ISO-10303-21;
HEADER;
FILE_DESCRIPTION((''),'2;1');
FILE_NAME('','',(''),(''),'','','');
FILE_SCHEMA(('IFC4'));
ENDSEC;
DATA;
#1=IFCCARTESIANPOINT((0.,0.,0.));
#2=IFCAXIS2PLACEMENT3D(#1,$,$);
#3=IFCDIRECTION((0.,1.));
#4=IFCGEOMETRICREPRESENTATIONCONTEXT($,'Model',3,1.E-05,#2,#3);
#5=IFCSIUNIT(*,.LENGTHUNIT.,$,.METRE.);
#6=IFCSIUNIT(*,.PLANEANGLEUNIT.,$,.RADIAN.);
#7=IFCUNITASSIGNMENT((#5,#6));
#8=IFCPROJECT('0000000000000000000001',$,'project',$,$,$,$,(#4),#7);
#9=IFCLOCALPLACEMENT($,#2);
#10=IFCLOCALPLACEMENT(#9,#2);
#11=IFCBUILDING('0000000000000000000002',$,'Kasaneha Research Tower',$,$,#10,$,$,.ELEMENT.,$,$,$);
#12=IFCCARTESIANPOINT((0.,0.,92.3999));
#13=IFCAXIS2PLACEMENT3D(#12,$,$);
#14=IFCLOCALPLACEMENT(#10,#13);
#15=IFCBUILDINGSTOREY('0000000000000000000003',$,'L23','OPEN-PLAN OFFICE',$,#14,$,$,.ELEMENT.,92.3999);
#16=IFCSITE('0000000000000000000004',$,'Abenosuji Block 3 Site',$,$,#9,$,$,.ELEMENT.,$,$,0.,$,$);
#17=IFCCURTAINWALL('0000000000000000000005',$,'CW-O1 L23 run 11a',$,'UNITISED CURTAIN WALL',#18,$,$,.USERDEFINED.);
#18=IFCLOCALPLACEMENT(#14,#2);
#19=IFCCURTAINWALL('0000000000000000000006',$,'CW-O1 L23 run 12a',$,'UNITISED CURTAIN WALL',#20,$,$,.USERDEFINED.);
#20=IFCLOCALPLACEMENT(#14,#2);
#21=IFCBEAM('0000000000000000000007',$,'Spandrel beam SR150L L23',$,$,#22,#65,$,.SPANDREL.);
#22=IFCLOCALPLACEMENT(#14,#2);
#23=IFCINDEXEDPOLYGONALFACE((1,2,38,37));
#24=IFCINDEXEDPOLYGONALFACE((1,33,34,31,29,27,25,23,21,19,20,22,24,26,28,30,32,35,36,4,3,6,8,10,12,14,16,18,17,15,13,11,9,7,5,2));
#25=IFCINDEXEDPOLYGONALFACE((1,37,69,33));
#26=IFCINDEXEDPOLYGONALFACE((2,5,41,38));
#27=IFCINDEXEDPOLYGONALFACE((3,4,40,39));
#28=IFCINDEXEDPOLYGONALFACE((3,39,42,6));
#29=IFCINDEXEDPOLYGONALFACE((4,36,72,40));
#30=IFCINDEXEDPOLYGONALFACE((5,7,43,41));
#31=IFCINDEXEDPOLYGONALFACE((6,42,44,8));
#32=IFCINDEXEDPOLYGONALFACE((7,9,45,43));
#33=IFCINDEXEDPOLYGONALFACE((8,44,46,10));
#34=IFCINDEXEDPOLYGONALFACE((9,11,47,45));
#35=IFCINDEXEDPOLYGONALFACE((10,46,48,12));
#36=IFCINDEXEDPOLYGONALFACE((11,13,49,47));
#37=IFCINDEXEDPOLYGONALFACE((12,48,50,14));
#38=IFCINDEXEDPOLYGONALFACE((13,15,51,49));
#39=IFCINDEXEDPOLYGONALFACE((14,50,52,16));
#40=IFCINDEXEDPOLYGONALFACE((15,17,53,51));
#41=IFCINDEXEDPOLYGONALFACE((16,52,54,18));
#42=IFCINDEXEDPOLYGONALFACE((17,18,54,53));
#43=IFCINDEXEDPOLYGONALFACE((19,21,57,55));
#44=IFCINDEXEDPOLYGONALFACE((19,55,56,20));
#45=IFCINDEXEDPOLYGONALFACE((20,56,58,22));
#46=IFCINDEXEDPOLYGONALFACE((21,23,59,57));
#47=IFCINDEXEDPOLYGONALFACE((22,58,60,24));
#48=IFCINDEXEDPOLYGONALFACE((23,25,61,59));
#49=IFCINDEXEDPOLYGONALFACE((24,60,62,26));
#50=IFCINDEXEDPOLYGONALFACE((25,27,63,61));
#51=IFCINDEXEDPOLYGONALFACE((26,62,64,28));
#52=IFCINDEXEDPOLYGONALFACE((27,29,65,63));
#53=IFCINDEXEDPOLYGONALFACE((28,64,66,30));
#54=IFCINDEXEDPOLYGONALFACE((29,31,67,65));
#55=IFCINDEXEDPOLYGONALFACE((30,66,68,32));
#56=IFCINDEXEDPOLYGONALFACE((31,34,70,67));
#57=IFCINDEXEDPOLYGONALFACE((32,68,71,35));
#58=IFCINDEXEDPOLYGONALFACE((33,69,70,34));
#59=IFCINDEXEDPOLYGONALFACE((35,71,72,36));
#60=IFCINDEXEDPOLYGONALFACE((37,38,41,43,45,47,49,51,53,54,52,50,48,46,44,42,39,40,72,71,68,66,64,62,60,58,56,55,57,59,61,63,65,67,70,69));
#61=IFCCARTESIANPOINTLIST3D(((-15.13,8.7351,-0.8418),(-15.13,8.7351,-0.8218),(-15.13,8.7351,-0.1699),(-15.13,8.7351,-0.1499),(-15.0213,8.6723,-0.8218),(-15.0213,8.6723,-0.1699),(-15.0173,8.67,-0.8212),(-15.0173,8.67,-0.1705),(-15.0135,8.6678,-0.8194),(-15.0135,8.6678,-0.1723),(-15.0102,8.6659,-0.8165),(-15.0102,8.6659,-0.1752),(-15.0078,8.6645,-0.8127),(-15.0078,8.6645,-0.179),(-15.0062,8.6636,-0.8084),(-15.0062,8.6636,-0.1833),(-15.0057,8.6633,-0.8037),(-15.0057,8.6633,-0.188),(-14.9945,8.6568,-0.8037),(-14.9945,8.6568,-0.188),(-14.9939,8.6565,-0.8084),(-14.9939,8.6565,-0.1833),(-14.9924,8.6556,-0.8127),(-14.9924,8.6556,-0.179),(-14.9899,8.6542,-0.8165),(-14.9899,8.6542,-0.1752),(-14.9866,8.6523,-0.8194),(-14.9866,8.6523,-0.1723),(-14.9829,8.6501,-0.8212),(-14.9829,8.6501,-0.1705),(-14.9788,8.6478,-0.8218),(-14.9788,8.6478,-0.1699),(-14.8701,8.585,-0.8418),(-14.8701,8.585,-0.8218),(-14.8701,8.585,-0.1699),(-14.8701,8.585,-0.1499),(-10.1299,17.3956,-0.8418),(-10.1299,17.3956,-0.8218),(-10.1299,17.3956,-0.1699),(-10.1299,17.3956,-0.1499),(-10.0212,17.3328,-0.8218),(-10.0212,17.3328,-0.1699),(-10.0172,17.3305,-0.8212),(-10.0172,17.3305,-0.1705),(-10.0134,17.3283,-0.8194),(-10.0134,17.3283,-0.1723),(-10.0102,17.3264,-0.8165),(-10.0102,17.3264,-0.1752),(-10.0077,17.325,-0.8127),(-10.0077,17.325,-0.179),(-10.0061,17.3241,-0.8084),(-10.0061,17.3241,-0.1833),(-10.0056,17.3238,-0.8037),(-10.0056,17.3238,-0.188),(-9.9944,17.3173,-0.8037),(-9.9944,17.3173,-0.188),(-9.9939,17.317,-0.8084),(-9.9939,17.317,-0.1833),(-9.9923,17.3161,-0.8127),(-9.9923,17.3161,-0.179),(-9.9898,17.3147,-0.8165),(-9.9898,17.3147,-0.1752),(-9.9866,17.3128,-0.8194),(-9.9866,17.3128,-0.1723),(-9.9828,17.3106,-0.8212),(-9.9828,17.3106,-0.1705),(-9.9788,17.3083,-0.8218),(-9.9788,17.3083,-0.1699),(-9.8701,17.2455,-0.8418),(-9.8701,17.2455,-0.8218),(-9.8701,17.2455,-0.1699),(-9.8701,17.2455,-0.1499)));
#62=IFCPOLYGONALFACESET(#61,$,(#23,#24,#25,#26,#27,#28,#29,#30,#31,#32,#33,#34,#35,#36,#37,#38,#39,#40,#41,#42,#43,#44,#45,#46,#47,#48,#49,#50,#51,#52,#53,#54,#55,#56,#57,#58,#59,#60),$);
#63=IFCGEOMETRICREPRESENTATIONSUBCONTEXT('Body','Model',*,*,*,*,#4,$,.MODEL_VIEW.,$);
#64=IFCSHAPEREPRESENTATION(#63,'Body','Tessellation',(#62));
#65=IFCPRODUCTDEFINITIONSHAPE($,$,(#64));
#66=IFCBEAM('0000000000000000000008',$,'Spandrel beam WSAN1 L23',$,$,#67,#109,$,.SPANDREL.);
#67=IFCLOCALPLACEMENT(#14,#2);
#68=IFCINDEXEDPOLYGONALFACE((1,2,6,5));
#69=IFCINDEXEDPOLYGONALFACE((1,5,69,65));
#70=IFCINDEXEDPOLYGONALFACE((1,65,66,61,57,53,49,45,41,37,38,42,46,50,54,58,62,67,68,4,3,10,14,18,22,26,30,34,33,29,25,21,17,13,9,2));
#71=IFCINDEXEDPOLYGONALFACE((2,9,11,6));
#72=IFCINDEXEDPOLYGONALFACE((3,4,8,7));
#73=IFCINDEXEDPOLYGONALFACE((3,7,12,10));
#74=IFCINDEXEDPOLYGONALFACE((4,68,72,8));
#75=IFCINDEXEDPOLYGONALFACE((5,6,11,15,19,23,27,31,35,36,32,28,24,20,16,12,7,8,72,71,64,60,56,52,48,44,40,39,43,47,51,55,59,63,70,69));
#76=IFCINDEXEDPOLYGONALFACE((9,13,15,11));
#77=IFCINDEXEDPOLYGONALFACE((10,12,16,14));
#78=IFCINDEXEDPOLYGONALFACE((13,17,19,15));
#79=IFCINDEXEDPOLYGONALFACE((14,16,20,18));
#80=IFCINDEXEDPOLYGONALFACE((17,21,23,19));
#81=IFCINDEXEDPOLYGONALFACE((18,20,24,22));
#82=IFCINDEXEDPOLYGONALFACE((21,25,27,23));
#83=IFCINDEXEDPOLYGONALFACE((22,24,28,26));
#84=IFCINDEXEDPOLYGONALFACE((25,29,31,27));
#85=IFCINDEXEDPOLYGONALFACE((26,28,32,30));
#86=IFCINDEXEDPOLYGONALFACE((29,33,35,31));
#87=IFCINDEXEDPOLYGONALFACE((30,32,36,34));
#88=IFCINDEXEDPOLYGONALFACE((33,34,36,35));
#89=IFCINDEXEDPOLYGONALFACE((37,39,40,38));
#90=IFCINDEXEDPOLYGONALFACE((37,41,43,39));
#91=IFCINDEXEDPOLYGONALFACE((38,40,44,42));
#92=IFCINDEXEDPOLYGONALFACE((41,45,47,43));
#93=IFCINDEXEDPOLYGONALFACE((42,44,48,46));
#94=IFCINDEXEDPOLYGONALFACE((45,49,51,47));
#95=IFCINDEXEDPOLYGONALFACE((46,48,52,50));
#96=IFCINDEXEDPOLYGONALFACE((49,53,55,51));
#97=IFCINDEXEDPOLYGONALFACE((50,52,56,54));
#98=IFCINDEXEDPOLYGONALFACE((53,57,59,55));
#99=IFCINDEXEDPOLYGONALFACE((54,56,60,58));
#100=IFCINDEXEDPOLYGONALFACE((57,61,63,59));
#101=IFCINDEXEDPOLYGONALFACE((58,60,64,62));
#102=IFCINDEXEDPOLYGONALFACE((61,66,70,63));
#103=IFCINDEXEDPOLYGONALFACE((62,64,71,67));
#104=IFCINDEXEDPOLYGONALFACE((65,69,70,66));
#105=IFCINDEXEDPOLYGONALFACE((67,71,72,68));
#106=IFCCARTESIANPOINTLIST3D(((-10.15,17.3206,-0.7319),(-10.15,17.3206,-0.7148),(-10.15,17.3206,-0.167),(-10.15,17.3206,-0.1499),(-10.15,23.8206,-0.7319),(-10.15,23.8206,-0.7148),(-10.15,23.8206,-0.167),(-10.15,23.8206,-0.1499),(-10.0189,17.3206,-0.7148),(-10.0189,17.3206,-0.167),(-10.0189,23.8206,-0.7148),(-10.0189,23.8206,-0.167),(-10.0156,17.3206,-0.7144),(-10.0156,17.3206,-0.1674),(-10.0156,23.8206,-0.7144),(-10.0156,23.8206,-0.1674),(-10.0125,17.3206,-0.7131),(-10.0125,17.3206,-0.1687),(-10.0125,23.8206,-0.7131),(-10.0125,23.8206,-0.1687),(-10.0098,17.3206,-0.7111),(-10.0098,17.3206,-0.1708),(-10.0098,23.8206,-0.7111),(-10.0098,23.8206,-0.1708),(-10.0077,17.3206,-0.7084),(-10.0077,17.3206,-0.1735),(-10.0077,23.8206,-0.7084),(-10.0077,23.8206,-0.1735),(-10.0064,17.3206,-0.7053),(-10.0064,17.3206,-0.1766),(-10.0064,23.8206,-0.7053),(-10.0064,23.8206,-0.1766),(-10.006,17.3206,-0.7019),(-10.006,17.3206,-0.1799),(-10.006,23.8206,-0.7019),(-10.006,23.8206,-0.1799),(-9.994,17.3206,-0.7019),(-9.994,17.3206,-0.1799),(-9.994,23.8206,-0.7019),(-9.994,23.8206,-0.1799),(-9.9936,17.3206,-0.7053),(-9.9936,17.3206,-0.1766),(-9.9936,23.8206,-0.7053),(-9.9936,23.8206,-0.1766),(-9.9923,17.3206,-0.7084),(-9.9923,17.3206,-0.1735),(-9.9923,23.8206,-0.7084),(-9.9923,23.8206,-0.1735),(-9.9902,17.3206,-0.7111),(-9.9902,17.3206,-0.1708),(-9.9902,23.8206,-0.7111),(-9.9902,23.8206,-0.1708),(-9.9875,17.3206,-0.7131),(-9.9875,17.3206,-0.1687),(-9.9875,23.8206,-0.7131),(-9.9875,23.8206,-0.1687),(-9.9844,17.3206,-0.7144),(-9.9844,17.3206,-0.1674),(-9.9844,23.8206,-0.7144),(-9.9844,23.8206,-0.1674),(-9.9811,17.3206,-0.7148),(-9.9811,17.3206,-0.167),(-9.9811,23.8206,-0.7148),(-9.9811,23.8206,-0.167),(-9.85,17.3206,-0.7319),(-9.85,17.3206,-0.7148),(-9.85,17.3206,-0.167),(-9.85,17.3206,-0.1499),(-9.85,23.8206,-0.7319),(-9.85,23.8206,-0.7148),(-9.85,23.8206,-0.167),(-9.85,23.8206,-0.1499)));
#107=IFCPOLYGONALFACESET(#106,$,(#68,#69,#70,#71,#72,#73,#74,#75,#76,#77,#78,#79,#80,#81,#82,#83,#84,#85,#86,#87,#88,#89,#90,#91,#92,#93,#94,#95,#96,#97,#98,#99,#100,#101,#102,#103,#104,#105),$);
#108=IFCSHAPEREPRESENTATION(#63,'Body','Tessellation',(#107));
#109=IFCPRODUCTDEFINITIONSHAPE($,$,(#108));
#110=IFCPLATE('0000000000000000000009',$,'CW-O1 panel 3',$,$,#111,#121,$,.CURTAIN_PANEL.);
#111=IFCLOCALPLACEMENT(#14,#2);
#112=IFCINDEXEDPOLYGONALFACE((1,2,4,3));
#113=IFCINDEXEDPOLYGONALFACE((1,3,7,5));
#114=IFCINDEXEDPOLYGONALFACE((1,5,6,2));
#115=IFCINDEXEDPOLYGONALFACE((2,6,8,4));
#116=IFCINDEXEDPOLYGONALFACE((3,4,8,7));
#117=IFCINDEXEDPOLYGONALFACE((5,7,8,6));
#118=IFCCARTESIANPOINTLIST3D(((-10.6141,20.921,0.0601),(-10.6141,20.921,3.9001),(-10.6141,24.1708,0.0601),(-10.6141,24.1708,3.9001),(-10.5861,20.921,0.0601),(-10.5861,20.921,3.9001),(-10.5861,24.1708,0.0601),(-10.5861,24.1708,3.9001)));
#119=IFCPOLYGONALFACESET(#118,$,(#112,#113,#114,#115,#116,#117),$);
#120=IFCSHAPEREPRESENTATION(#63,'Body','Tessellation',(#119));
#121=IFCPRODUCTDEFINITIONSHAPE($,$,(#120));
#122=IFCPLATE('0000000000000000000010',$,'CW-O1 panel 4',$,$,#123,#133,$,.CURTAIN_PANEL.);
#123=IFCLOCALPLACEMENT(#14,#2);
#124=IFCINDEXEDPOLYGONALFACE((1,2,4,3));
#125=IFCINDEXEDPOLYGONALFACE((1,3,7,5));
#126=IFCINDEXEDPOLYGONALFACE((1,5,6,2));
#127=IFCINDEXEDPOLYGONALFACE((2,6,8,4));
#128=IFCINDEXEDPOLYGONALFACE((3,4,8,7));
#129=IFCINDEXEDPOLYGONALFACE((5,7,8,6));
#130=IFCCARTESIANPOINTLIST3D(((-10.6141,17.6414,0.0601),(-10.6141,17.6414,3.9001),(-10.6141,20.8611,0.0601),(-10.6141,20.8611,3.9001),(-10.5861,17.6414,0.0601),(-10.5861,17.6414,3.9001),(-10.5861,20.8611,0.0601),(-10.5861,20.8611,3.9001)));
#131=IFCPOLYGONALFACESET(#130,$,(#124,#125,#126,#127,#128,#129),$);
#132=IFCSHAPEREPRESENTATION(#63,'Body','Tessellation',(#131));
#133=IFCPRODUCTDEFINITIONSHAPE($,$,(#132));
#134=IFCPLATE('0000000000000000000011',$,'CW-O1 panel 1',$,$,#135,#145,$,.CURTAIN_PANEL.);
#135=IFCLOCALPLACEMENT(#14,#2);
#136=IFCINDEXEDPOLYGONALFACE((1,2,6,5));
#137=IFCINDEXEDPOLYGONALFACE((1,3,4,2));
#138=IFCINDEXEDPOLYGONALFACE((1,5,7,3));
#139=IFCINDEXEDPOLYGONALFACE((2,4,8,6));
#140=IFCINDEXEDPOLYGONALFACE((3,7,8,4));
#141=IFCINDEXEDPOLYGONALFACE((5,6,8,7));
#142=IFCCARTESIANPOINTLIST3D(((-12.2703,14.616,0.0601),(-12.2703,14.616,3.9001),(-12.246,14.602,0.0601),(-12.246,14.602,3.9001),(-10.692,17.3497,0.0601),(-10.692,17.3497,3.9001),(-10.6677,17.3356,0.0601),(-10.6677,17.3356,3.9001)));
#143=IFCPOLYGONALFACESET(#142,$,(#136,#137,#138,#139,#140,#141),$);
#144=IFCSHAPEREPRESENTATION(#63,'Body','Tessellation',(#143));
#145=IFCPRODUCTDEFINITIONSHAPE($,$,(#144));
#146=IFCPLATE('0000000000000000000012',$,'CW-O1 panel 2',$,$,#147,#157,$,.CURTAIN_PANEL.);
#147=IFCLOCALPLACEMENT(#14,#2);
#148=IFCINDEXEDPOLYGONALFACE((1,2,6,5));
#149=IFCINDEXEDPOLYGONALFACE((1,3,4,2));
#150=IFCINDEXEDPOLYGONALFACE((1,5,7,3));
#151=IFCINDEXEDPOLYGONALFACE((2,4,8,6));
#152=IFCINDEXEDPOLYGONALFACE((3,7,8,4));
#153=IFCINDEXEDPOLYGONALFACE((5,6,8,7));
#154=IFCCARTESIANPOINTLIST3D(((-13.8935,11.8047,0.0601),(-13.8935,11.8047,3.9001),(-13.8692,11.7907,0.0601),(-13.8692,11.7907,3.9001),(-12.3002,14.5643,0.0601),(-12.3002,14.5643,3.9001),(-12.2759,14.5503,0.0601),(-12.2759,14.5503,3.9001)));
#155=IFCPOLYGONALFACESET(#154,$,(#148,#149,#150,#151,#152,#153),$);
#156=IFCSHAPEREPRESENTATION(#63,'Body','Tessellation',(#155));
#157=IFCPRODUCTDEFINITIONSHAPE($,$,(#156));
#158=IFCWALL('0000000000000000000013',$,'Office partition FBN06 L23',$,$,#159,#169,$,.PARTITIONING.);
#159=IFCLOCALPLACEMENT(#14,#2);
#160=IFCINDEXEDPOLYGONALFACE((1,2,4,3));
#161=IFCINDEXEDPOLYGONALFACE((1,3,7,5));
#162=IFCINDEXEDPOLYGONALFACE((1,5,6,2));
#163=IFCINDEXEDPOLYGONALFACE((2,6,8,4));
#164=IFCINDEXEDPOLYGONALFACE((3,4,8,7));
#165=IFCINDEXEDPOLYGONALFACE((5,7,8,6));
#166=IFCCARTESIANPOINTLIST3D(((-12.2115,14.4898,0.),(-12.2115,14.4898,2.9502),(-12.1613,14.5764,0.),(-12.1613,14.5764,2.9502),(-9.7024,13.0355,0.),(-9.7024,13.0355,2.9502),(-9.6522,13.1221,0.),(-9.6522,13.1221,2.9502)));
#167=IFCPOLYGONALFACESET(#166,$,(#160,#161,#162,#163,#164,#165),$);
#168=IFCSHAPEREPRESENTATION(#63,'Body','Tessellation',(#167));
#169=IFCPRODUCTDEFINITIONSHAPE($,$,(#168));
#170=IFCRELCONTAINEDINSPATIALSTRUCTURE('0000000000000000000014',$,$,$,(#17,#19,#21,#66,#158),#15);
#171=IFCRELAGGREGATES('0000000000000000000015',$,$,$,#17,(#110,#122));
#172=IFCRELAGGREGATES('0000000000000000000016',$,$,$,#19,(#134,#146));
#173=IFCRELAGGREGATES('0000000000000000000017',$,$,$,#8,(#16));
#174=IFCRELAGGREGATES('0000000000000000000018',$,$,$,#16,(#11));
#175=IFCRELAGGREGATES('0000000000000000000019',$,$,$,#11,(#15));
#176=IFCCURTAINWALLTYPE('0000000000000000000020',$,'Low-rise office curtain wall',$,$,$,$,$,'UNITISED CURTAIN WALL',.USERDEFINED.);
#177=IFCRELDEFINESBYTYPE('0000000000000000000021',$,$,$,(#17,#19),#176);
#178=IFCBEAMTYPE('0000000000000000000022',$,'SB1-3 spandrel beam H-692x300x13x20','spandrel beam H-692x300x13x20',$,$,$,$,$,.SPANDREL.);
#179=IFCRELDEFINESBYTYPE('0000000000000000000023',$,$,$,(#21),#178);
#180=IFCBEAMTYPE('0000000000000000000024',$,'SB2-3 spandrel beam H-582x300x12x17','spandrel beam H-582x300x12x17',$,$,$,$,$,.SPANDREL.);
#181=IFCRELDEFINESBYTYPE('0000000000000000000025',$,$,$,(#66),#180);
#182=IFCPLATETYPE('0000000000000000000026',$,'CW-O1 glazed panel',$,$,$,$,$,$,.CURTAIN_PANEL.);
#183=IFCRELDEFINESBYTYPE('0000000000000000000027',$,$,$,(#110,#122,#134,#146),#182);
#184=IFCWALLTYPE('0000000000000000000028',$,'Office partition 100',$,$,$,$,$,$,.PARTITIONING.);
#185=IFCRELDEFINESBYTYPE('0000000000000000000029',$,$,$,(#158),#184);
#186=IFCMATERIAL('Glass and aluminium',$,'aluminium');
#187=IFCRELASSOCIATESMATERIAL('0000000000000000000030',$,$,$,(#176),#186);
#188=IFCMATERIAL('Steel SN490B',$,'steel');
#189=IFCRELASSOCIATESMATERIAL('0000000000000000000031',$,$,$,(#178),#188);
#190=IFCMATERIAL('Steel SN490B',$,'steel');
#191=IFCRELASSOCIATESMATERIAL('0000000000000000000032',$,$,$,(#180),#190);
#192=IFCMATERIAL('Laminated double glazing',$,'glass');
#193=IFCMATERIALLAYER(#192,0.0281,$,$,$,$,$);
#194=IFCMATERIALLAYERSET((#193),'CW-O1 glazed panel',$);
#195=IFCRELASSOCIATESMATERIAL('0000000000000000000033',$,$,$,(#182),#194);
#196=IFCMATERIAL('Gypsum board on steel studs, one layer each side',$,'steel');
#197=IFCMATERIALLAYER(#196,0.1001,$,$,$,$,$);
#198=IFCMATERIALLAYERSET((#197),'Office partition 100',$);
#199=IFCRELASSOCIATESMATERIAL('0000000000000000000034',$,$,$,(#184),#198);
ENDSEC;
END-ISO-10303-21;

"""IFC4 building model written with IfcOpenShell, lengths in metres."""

from ifc_helpers import new_model, si_unit, direction, frame, frame_2d, origin, origin_2d, place, context, subcontext, project, spatial, rectangle, i_section, extrude, material, layer, layer_set, material_profile, profile_set, type_object, element, aggregate, save


model = new_model("IFC4")

# Units and contexts
model_context = context("Model", 3, precision=1e-05, world=origin(), true_north=direction((0.0, 1.0)))
body_context = subcontext(model_context, "Body", "Model", "MODEL_VIEW")
ifc_project = project(units=[si_unit("LENGTHUNIT", "METRE"), si_unit("PLANEANGLEUNIT", "RADIAN")], contexts=[model_context])

# Site, building, storey
site_placement = place(None, origin())
site = spatial("IfcSite", under=ifc_project, at=site_placement, Name="Abenosuji Block 3 Site", CompositionType="ELEMENT", RefElevation=0.0)
building_placement = place(site_placement, origin())
building = spatial("IfcBuilding", under=site, at=building_placement, Name="Kasaneha Research Tower", CompositionType="ELEMENT")
storey_placement = place(building_placement, frame((0.0, 0.0, 92.3999)))
storey = spatial("IfcBuildingStorey", under=building, at=storey_placement, Name="L23", Description="OPEN-PLAN OFFICE", CompositionType="ELEMENT", Elevation=92.3999)

# Curtain walls
ifc_material_1 = material(Name="Glass and aluminium", Category="aluminium")
curtain_wall_type = type_object("IfcCurtainWallType", Name="Low-rise office curtain wall", ElementType="UNITISED CURTAIN WALL", PredefinedType="USERDEFINED", material=ifc_material_1)
curtain_wall_1_placement = place(storey_placement, origin())
curtain_wall_1 = element("IfcCurtainWall", 1, at=curtain_wall_1_placement, inside=storey, type_object=curtain_wall_type, Name="CW-O1 L23 run 11a", ObjectType="UNITISED CURTAIN WALL", PredefinedType="USERDEFINED")
curtain_wall_2_placement = place(storey_placement, origin())
curtain_wall_2 = element("IfcCurtainWall", 2, at=curtain_wall_2_placement, inside=storey, type_object=curtain_wall_type, Name="CW-O1 L23 run 12a", ObjectType="UNITISED CURTAIN WALL", PredefinedType="USERDEFINED")

# Beams
ifc_material_2 = material(Name="Steel SN490B", Category="steel")
ifc_material_profile_1 = material_profile(ifc_material_2, i_section(OverallWidth=0.3, OverallDepth=0.6919, WebThickness=0.0129, FlangeThickness=0.02, FilletRadius=0.0181, at=origin_2d()), Name="H-692x300x13x20")
ifc_profile_set_1 = profile_set([ifc_material_profile_1], Name="Steel SN490B")
beam_type_1 = type_object("IfcBeamType", Name="SB1-3 spandrel beam H-692x300x13x20", Description="spandrel beam H-692x300x13x20", PredefinedType="SPANDREL", material=ifc_profile_set_1)
beam_1_placement = place(storey_placement, frame((-10.0, 17.3206, -0.4958), z_axis=(-0.499994, -0.866029, 0.0), x_axis=(0.866029, -0.499994, 0.0)))
element("IfcBeam", 3, at=beam_1_placement, inside=storey, type_object=beam_type_1, Name="Spandrel beam SR150L L23", PredefinedType="SPANDREL", context=body_context, shape_type="SweptSolid", body=[
    extrude(i_section(OverallWidth=0.3, OverallDepth=0.6919, WebThickness=0.0129, FlangeThickness=0.02, FilletRadius=0.0181, at=origin_2d()), origin(), (0.0, 0.0, 1.0), 10.0002),
])
ifc_material_3 = material(Name="Steel SN490B", Category="steel")
ifc_material_profile_2 = material_profile(ifc_material_3, i_section(OverallWidth=0.3, OverallDepth=0.582, WebThickness=0.012, FlangeThickness=0.0171, FilletRadius=0.0129, at=origin_2d()), Name="H-582x300x12x17")
ifc_profile_set_2 = profile_set([ifc_material_profile_2], Name="Steel SN490B")
beam_type_2 = type_object("IfcBeamType", Name="SB2-3 spandrel beam H-582x300x12x17", Description="spandrel beam H-582x300x12x17", PredefinedType="SPANDREL", material=ifc_profile_set_2)
beam_2_placement = place(storey_placement, frame((-10.0, 17.3206, -0.4409), z_axis=(0.0, 1.0, 0.0), x_axis=(-1.0, 0.0, 0.0)))
element("IfcBeam", 4, at=beam_2_placement, inside=storey, type_object=beam_type_2, Name="Spandrel beam WSAN1 L23", PredefinedType="SPANDREL", context=body_context, shape_type="SweptSolid", body=[
    extrude(i_section(OverallWidth=0.3, OverallDepth=0.582, WebThickness=0.012, FlangeThickness=0.0171, FilletRadius=0.0129, at=origin_2d()), origin(), (0.0, 0.0, 1.0), 6.5),
])

# Plates
ifc_material_4 = material(Name="Laminated double glazing", Category="glass")
ifc_layer_1 = layer(ifc_material_4, 0.0281)
ifc_layer_set_1 = layer_set([ifc_layer_1], Name="CW-O1 glazed panel")
plate_type = type_object("IfcPlateType", Name="CW-O1 glazed panel", PredefinedType="CURTAIN_PANEL", material=ifc_layer_set_1)
plate_1_placement = place(storey_placement, frame((-10.6001, 22.5459, 0.0601), z_axis=(0.0, 0.0, 1.0), x_axis=(0.0, -1.0, 0.0)))
plate_1 = element("IfcPlate", 5, at=plate_1_placement, type_object=plate_type, Name="CW-O1 panel 3", PredefinedType="CURTAIN_PANEL", context=body_context, shape_type="SweptSolid", body=[
    extrude(rectangle(XDim=3.2498, YDim=0.0281, at=origin_2d()), origin(), (0.0, 0.0, 1.0), 3.8401),
])
plate_2_placement = place(storey_placement, frame((-10.6001, 19.2512, 0.0601), z_axis=(0.0, 0.0, 1.0), x_axis=(0.0, -1.0, 0.0)))
plate_2 = element("IfcPlate", 6, at=plate_2_placement, type_object=plate_type, Name="CW-O1 panel 4", PredefinedType="CURTAIN_PANEL", context=body_context, shape_type="SweptSolid", body=[
    extrude(rectangle(XDim=3.2197, YDim=0.0281, at=origin_2d()), origin(), (0.0, 0.0, 1.0), 3.8401),
])
aggregate(curtain_wall_1, [plate_1, plate_2])
plate_3_placement = place(storey_placement, frame((-11.469, 15.9758, 0.0601), z_axis=(0.0, 0.0, 1.0), x_axis=(-0.5, -0.866025, 0.0)))
plate_3 = element("IfcPlate", 7, at=plate_3_placement, type_object=plate_type, Name="CW-O1 panel 1", PredefinedType="CURTAIN_PANEL", context=body_context, shape_type="SweptSolid", body=[
    extrude(rectangle(XDim=3.1565, YDim=0.0281, at=origin_2d()), origin(), (0.0, 0.0, 1.0), 3.8401),
])
plate_4_placement = place(storey_placement, frame((-13.0847, 13.1775, 0.0601), z_axis=(0.0, 0.0, 1.0), x_axis=(-0.5, -0.866025, 0.0)))
plate_4 = element("IfcPlate", 8, at=plate_4_placement, type_object=plate_type, Name="CW-O1 panel 2", PredefinedType="CURTAIN_PANEL", context=body_context, shape_type="SweptSolid", body=[
    extrude(rectangle(XDim=3.1865, YDim=0.0281, at=origin_2d()), origin(), (0.0, 0.0, 1.0), 3.8401),
])
aggregate(curtain_wall_2, [plate_3, plate_4])

# Wall
ifc_material_5 = material(Name="Gypsum board on steel studs, one layer each side", Category="steel")
ifc_layer_2 = layer(ifc_material_5, 0.1001)
ifc_layer_set_2 = layer_set([ifc_layer_2], Name="Office partition 100")
wall_type = type_object("IfcWallType", Name="Office partition 100", PredefinedType="PARTITIONING", material=ifc_layer_set_2)
wall_placement = place(storey_placement, frame((-12.1865, 14.5332, 0.0), z_axis=(0.0, 0.0, 1.0), x_axis=(0.865165, -0.501488, 0.0)))
element("IfcWall", 9, at=wall_placement, inside=storey, type_object=wall_type, Name="Office partition FBN06 L23", PredefinedType="PARTITIONING", context=body_context, shape_type="SweptSolid", body=[
    extrude(rectangle(XDim=2.9001, YDim=0.1001, at=frame_2d((1.4502, 0.0))), origin(), (0.0, 0.0, 1.0), 2.9502),
])

save(model, "model.ifc")
